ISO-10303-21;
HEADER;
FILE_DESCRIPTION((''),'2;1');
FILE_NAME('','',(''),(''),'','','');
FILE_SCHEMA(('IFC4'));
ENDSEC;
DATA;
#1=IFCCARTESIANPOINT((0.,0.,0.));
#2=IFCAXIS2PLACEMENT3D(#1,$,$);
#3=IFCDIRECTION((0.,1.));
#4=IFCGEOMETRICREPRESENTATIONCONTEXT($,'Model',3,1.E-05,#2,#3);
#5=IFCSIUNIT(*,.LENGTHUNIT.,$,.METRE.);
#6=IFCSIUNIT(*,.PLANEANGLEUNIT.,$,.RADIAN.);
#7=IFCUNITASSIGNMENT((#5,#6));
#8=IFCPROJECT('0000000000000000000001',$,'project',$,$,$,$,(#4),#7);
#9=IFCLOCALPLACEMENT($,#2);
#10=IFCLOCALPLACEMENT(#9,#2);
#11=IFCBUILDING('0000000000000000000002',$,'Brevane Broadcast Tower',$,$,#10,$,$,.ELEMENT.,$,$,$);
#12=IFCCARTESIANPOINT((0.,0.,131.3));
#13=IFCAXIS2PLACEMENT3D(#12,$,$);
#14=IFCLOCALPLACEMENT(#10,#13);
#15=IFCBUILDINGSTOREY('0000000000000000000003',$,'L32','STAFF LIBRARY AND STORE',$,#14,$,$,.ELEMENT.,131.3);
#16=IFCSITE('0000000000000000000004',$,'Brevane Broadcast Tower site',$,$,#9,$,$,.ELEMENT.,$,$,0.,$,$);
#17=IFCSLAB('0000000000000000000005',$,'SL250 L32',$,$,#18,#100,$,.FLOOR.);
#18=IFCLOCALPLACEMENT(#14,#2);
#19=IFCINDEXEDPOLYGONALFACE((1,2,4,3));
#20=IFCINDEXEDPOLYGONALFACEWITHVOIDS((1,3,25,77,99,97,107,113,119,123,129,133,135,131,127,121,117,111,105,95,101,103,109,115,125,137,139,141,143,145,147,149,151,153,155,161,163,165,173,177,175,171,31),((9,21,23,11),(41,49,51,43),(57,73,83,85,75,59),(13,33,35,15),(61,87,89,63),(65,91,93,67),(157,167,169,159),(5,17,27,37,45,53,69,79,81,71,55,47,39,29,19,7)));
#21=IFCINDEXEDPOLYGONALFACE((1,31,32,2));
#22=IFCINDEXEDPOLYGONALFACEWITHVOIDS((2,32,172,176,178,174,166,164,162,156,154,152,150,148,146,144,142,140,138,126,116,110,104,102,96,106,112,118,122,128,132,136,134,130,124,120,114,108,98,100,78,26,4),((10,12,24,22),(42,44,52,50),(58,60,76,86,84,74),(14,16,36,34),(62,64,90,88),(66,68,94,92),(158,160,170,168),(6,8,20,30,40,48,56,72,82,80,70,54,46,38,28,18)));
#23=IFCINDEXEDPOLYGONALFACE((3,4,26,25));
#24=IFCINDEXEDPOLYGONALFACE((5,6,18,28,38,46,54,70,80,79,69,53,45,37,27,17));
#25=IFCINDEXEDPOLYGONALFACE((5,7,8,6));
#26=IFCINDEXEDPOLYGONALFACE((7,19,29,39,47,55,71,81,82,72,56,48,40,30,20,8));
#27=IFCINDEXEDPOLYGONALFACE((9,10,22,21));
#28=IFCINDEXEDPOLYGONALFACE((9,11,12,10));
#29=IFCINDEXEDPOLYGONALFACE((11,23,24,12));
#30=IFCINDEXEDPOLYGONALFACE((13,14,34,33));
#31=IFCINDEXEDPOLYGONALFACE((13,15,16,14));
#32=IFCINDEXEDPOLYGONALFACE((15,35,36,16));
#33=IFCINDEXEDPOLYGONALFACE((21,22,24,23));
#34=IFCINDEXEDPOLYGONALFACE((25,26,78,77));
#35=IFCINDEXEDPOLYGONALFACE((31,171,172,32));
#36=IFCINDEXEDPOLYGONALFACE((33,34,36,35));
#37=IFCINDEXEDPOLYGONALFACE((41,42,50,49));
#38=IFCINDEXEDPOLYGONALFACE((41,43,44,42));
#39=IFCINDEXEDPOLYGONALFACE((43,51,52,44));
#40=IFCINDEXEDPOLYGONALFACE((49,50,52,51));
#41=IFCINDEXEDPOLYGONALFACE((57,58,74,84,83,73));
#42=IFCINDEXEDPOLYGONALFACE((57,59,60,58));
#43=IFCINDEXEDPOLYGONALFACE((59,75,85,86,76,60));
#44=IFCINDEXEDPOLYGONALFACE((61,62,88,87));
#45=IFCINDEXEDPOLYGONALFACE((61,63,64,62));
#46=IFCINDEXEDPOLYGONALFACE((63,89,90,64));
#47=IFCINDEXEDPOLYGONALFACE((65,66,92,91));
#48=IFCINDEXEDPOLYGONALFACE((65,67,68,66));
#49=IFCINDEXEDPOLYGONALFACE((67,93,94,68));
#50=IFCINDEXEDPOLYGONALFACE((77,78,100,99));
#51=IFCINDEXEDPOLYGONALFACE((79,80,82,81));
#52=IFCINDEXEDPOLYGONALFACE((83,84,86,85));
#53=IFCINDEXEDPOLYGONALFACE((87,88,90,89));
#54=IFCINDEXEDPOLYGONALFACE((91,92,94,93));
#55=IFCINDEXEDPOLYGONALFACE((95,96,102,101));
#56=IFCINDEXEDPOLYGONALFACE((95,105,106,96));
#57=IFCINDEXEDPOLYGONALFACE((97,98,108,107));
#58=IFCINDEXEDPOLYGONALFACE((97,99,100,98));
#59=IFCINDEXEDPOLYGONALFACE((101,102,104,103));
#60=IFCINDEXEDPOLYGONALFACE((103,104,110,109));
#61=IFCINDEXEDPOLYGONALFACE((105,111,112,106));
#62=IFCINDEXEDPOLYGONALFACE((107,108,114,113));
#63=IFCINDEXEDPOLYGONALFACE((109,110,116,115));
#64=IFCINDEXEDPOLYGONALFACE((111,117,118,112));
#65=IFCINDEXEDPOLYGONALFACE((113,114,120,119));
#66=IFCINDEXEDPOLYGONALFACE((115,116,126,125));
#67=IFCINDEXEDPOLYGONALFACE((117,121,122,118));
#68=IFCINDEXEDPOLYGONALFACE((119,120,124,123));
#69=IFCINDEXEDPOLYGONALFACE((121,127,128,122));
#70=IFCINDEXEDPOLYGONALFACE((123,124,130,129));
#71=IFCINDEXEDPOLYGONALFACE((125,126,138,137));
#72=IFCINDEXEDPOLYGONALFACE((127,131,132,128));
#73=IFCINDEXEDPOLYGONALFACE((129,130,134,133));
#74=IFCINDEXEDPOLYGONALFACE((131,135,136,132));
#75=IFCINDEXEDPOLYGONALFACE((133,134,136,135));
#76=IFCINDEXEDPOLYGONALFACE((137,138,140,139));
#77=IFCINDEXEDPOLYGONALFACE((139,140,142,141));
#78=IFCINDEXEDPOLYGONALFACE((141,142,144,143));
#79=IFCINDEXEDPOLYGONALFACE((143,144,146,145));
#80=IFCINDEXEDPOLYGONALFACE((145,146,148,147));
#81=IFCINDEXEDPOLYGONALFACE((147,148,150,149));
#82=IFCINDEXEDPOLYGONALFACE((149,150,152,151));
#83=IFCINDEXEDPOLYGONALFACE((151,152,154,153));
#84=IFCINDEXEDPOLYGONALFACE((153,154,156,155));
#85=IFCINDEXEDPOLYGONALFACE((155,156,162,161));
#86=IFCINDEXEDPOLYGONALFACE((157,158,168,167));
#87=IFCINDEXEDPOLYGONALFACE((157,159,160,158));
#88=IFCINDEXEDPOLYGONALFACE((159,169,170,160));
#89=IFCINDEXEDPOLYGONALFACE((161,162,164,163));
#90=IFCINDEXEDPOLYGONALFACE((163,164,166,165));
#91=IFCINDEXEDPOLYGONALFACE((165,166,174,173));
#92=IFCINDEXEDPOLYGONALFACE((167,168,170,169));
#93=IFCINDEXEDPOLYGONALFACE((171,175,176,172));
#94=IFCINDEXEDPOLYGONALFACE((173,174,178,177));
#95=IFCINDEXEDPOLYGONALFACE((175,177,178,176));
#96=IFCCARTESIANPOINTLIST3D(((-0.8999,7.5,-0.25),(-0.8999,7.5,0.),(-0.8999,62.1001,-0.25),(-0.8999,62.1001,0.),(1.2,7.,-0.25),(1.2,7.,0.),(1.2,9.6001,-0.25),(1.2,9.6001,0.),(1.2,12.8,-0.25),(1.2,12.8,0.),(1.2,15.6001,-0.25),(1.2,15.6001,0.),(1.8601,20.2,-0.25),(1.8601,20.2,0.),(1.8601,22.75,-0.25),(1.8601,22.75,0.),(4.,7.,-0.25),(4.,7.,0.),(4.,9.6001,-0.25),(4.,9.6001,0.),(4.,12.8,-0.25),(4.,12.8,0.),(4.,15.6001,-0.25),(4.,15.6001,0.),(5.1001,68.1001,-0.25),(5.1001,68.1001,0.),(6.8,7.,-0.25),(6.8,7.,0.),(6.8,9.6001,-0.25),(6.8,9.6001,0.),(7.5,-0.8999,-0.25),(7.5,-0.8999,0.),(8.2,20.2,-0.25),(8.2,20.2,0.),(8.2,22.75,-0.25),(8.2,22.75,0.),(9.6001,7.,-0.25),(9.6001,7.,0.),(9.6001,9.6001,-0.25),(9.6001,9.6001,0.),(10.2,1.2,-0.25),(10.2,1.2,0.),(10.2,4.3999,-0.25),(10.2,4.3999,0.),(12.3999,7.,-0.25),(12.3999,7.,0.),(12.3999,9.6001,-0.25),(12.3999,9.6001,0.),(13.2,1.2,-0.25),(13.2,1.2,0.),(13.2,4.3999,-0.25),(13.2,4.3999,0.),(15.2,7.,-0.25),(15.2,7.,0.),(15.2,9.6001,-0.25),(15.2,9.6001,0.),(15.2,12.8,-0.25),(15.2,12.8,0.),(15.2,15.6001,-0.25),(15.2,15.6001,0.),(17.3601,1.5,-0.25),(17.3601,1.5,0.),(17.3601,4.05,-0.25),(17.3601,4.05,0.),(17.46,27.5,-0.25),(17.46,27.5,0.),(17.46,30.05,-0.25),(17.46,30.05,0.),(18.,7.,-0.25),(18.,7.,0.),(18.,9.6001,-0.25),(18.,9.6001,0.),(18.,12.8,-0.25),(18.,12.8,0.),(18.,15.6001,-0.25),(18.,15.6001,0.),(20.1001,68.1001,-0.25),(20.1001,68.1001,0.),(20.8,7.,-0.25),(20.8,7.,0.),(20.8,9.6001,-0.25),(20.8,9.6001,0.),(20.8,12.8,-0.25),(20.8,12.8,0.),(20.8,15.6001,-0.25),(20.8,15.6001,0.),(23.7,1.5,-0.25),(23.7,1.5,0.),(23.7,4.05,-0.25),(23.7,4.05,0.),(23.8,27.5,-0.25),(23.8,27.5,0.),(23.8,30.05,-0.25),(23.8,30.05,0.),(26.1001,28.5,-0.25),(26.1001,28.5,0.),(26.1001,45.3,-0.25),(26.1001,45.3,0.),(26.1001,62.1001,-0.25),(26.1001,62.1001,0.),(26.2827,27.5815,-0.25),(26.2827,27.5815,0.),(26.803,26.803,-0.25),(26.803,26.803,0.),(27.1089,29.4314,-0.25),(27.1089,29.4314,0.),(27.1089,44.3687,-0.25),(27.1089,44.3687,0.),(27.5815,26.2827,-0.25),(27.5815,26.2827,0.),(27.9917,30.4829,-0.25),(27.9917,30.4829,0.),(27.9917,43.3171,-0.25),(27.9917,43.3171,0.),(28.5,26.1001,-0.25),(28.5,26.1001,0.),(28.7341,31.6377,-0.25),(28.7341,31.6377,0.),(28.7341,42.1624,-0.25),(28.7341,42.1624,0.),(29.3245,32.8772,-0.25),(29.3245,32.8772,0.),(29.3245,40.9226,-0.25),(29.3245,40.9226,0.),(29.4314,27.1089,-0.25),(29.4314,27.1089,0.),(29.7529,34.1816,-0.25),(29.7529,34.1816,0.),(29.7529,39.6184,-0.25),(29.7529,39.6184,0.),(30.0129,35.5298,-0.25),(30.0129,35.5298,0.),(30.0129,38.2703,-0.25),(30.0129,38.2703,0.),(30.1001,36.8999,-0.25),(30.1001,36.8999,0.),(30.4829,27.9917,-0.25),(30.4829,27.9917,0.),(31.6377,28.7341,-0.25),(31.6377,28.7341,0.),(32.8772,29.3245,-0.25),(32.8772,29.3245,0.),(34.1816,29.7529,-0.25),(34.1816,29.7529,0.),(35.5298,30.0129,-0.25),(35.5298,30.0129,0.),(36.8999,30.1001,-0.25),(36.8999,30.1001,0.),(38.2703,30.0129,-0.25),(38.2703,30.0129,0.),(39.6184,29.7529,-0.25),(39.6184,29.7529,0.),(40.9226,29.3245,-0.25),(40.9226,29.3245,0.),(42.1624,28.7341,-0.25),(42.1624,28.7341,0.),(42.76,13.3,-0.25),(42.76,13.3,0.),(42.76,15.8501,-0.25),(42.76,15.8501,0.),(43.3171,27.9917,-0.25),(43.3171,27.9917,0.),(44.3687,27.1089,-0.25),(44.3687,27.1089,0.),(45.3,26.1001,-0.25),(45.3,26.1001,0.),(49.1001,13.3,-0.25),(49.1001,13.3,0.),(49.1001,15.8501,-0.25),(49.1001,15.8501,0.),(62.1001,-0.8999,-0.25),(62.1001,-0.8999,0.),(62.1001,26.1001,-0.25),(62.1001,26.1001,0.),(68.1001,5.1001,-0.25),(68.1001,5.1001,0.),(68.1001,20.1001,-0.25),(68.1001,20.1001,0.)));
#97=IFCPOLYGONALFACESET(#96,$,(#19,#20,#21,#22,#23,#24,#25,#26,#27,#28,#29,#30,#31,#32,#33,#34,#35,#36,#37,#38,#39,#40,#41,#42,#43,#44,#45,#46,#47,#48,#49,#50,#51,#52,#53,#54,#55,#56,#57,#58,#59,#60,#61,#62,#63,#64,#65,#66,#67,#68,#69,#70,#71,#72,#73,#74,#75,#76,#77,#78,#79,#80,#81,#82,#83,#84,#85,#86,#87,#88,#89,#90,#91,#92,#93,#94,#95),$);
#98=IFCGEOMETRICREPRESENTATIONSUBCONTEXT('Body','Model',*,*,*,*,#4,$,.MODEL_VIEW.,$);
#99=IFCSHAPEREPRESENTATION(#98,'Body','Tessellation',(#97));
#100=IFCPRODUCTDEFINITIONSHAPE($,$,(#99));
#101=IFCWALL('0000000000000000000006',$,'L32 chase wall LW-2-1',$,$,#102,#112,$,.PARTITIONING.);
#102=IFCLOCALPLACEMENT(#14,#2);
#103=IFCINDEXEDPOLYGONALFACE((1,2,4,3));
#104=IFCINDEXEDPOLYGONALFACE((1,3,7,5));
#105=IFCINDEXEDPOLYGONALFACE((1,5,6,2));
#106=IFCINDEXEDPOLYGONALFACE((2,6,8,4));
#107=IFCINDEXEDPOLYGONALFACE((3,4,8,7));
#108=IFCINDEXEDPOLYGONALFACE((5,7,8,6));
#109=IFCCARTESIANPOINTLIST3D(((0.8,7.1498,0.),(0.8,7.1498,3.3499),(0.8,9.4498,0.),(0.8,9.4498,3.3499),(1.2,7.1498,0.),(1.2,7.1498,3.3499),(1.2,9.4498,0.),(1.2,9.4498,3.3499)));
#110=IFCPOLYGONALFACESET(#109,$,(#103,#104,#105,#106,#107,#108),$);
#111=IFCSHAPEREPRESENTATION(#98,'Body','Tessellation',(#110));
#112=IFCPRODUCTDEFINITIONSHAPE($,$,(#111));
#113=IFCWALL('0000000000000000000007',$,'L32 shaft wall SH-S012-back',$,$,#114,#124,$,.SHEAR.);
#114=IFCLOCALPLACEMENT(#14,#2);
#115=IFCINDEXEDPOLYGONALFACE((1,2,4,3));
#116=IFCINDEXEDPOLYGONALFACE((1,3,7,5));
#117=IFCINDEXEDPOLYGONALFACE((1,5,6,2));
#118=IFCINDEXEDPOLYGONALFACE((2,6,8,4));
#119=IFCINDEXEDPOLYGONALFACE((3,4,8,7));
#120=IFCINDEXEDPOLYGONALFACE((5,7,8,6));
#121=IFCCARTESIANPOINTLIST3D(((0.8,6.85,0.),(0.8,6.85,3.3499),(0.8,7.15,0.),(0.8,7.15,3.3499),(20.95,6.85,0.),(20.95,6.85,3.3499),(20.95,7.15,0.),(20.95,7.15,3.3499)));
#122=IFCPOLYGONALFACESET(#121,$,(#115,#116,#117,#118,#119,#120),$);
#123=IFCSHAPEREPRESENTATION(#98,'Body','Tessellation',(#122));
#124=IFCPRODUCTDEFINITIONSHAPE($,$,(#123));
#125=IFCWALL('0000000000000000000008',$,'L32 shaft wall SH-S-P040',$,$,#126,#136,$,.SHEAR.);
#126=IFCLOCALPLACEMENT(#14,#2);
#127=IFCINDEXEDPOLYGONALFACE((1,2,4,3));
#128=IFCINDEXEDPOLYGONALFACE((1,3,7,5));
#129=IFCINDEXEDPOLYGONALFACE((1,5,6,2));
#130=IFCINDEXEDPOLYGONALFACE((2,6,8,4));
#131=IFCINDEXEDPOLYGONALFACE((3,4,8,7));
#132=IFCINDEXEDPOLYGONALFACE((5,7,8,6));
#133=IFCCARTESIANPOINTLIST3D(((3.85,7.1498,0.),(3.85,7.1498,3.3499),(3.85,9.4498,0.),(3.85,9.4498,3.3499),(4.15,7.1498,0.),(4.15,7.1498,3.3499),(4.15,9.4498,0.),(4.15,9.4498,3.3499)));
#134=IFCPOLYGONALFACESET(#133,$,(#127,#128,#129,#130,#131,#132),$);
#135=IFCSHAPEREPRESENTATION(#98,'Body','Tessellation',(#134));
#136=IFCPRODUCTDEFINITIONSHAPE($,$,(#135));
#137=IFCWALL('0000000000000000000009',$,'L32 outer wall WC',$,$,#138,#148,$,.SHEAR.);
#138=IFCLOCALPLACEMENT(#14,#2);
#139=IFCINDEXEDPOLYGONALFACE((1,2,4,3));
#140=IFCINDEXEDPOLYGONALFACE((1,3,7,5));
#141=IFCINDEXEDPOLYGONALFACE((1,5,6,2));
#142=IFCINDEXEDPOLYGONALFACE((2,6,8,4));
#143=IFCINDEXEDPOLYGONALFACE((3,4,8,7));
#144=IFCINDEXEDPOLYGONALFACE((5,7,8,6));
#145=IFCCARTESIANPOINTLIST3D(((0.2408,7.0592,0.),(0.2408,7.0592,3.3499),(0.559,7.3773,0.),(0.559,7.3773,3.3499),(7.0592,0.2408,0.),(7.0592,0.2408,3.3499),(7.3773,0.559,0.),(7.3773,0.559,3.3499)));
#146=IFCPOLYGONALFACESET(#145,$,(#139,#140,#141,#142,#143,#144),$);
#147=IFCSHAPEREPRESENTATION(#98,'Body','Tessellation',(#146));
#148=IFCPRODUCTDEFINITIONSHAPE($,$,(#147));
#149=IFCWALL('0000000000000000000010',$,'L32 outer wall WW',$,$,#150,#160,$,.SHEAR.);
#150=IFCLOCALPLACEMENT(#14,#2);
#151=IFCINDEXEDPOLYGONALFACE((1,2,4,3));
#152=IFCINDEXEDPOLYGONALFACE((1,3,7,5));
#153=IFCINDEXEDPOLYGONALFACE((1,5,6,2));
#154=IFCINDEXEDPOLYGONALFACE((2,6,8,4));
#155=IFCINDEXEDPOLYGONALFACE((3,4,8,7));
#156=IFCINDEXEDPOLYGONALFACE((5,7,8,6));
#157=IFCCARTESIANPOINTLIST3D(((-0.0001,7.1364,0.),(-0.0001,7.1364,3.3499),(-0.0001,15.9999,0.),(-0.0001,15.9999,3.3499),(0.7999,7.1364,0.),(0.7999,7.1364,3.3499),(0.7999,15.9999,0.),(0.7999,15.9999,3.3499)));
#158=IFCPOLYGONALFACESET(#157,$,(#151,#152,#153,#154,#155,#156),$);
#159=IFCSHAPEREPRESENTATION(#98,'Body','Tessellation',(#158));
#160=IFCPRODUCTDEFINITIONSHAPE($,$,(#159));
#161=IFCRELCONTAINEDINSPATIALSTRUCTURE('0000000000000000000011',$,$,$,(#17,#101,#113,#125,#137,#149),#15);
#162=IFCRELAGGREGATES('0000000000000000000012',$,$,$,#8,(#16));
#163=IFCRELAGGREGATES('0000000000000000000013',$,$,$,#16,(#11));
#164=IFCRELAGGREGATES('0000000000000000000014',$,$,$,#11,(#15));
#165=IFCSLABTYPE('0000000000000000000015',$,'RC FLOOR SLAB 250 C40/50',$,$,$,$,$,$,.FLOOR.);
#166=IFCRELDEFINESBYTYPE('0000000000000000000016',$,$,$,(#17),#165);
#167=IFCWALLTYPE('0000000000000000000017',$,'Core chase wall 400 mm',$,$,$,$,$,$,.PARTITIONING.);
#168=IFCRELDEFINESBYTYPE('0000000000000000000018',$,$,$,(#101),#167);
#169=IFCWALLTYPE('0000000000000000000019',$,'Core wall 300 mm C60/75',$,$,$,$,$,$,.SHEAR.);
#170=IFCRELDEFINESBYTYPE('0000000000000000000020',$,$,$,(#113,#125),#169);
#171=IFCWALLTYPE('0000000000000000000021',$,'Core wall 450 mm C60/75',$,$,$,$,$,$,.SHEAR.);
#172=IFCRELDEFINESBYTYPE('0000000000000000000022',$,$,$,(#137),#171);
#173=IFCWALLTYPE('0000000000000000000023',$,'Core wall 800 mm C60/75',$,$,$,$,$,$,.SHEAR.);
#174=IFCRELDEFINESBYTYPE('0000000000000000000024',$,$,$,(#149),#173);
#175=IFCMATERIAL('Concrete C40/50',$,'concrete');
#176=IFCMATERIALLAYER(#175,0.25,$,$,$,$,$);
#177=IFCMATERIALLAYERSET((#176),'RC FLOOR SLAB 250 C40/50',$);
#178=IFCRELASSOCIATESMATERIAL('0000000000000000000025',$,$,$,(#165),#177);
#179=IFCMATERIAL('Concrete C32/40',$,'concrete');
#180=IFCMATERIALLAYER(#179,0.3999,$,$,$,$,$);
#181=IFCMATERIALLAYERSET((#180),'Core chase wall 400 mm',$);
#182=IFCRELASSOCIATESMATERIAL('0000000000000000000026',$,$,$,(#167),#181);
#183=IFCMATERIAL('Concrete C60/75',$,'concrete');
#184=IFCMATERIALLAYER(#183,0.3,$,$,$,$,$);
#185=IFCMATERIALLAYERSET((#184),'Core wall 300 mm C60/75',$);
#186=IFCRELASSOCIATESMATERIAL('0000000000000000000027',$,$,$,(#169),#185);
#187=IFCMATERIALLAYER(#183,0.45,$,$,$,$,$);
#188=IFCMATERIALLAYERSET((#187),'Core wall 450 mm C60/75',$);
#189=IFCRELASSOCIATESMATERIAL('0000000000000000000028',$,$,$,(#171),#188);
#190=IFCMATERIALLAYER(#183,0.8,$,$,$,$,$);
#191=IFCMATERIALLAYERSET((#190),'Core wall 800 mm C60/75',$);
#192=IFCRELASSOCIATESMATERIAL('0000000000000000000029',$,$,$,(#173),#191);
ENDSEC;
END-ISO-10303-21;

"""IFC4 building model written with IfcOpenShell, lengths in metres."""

from ifc_helpers import new_model, si_unit, direction, frame, frame_2d, origin, place, context, subcontext, project, spatial, polyline, rectangle, outline, extrude, material, layer, layer_set, type_object, element, save


model = new_model("IFC4")

# Units and contexts
model_context = context("Model", 3, precision=1e-05, world=origin(), true_north=direction((0.0, 1.0)))
body_context = subcontext(model_context, "Body", "Model", "MODEL_VIEW")
ifc_project = project(units=[si_unit("LENGTHUNIT", "METRE"), si_unit("PLANEANGLEUNIT", "RADIAN")], contexts=[model_context])

# Site, building, storey
site_placement = place(None, origin())
site = spatial("IfcSite", under=ifc_project, at=site_placement, Name="Brevane Broadcast Tower site", CompositionType="ELEMENT", RefElevation=0.0)
building_placement = place(site_placement, origin())
building = spatial("IfcBuilding", under=site, at=building_placement, Name="Brevane Broadcast Tower", CompositionType="ELEMENT")
storey_placement = place(building_placement, frame((0.0, 0.0, 131.3)))
storey = spatial("IfcBuildingStorey", under=building, at=storey_placement, Name="L32", Description="STAFF LIBRARY AND STORE", CompositionType="ELEMENT", Elevation=131.3)

# Slab
ifc_material_1 = material(Name="Concrete C40/50", Category="concrete")
ifc_layer_1 = layer(ifc_material_1, 0.25)
ifc_layer_set_1 = layer_set([ifc_layer_1], Name="RC FLOOR SLAB 250 C40/50")
slab_type_1 = type_object("IfcSlabType", Name="RC FLOOR SLAB 250 C40/50", PredefinedType="FLOOR", material=ifc_layer_set_1)
slab_1_placement = place(storey_placement, frame((0.0, 0.0, -0.25)))
element("IfcSlab", 1, at=slab_1_placement, inside=storey, type_object=slab_type_1, Name="SL250 L32", PredefinedType="FLOOR", context=body_context, shape_type="SweptSolid", body=[
    extrude(outline(polyline([(-0.8999, 7.5), (-0.8999, 62.1001), (5.1001, 68.1001), (20.1001, 68.1001), (26.1001, 62.1001), (26.1001, 45.3), (27.1089, 44.3687), (27.9917, 43.3171), (28.7341, 42.1624), (29.3245, 40.9226), (29.7529, 39.6184), (30.0129, 38.2703), (30.1001, 36.8999), (30.0129, 35.5298), (29.7529, 34.1816), (29.3245, 32.8772), (28.7341, 31.6377), (27.9917, 30.4829), (27.1089, 29.4314), (26.1001, 28.5), (26.2827, 27.5815), (26.803, 26.803), (27.5815, 26.2827), (28.5, 26.1001), (29.4314, 27.1089), (30.4829, 27.9917), (31.6377, 28.7341), (32.8772, 29.3245), (34.1816, 29.7529), (35.5298, 30.0129), (36.8999, 30.1001), (38.2703, 30.0129), (39.6184, 29.7529), (40.9226, 29.3245), (42.1624, 28.7341), (43.3171, 27.9917), (44.3687, 27.1089), (45.3, 26.1001), (62.1001, 26.1001), (68.1001, 20.1001), (68.1001, 5.1001), (62.1001, -0.8999), (7.5, -0.8999), (-0.8999, 7.5)]), holes=[polyline([(13.2, 4.3999), (10.2, 4.3999), (10.2, 1.2), (13.2, 1.2), (13.2, 4.3999)]), polyline([(4.0, 9.6001), (1.2, 9.6001), (1.2, 7.0), (4.0, 7.0), (6.8, 7.0), (9.6001, 7.0), (12.3999, 7.0), (15.2, 7.0), (18.0, 7.0), (20.8, 7.0), (20.8, 9.6001), (18.0, 9.6001), (15.2, 9.6001), (12.3999, 9.6001), (9.6001, 9.6001), (6.8, 9.6001), (4.0, 9.6001)]), polyline([(4.0, 12.8), (4.0, 15.6001), (1.2, 15.6001), (1.2, 12.8), (4.0, 12.8)]), polyline([(8.2, 22.75), (1.8601, 22.75), (1.8601, 20.2), (8.2, 20.2), (8.2, 22.75)]), polyline([(23.7, 4.05), (17.3601, 4.05), (17.3601, 1.5), (23.7, 1.5), (23.7, 4.05)]), polyline([(18.0, 15.6001), (15.2, 15.6001), (15.2, 12.8), (18.0, 12.8), (20.8, 12.8), (20.8, 15.6001), (18.0, 15.6001)]), polyline([(49.1001, 15.8501), (42.76, 15.8501), (42.76, 13.3), (49.1001, 13.3), (49.1001, 15.8501)]), polyline([(23.8, 30.05), (17.46, 30.05), (17.46, 27.5), (23.8, 27.5), (23.8, 30.05)])]), origin(), (0.0, 0.0, 1.0), 0.25),
])

# Walls
ifc_material_2 = material(Name="Concrete C32/40", Category="concrete")
ifc_layer_2 = layer(ifc_material_2, 0.3999)
ifc_layer_set_2 = layer_set([ifc_layer_2], Name="Core chase wall 400 mm")
wall_type_1 = type_object("IfcWallType", Name="Core chase wall 400 mm", PredefinedType="PARTITIONING", material=ifc_layer_set_2)
wall_1_placement = place(storey_placement, frame((1.0, 7.1499, 0.0), z_axis=(0.0, 0.0, 1.0), x_axis=(0.0, 1.0, 0.0)))
element("IfcWall", 2, at=wall_1_placement, inside=storey, type_object=wall_type_1, Name="L32 chase wall LW-2-1", PredefinedType="PARTITIONING", context=body_context, shape_type="SweptSolid", body=[
    extrude(rectangle(XDim=2.3, YDim=0.3999, at=frame_2d((1.1499, 0.0))), origin(), (0.0, 0.0, 1.0), 3.3499),
])
ifc_material_3 = material(Name="Concrete C60/75", Category="concrete")
ifc_layer_3 = layer(ifc_material_3, 0.3)
ifc_layer_set_3 = layer_set([ifc_layer_3], Name="Core wall 300 mm C60/75")
wall_type_2 = type_object("IfcWallType", Name="Core wall 300 mm C60/75", PredefinedType="SHEAR", material=ifc_layer_set_3)
wall_2_placement = place(storey_placement, frame((0.8, 7.0, 0.0), z_axis=(0.0, 0.0, 1.0), x_axis=(1.0, 0.0, 0.0)))
element("IfcWall", 3, at=wall_2_placement, inside=storey, type_object=wall_type_2, Name="L32 shaft wall SH-S012-back", PredefinedType="SHEAR", context=body_context, shape_type="SweptSolid", body=[
    extrude(rectangle(XDim=20.1499, YDim=0.3, at=frame_2d((10.075, 0.0))), origin(), (0.0, 0.0, 1.0), 3.3499),
])
wall_3_placement = place(storey_placement, frame((4.0, 7.1499, 0.0), z_axis=(0.0, 0.0, 1.0), x_axis=(0.0, 1.0, 0.0)))
element("IfcWall", 4, at=wall_3_placement, inside=storey, type_object=wall_type_2, Name="L32 shaft wall SH-S-P040", PredefinedType="SHEAR", context=body_context, shape_type="SweptSolid", body=[
    extrude(rectangle(XDim=2.3, YDim=0.3, at=frame_2d((1.1499, 0.0))), origin(), (0.0, 0.0, 1.0), 3.3499),
])
ifc_layer_4 = layer(ifc_material_3, 0.45)
ifc_layer_set_4 = layer_set([ifc_layer_4], Name="Core wall 450 mm C60/75")
wall_type_3 = type_object("IfcWallType", Name="Core wall 450 mm C60/75", PredefinedType="SHEAR", material=ifc_layer_set_4)
wall_4_placement = place(storey_placement, frame((0.3999, 7.2183, 0.0), z_axis=(0.0, 0.0, 1.0), x_axis=(0.707107, -0.707107, 0.0)))
element("IfcWall", 5, at=wall_4_placement, inside=storey, type_object=wall_type_3, Name="L32 outer wall WC", PredefinedType="SHEAR", context=body_context, shape_type="SweptSolid", body=[
    extrude(rectangle(XDim=9.6426, YDim=0.45, at=frame_2d((4.8213, 0.0))), origin(), (0.0, 0.0, 1.0), 3.3499),
])
ifc_layer_5 = layer(ifc_material_3, 0.8)
ifc_layer_set_5 = layer_set([ifc_layer_5], Name="Core wall 800 mm C60/75")
wall_type_4 = type_object("IfcWallType", Name="Core wall 800 mm C60/75", PredefinedType="SHEAR", material=ifc_layer_set_5)
wall_5_placement = place(storey_placement, frame((0.3999, 7.1365, 0.0), z_axis=(0.0, 0.0, 1.0), x_axis=(0.0, 1.0, 0.0)))
element("IfcWall", 6, at=wall_5_placement, inside=storey, type_object=wall_type_4, Name="L32 outer wall WW", PredefinedType="SHEAR", context=body_context, shape_type="SweptSolid", body=[
    extrude(rectangle(XDim=8.8635, YDim=0.8, at=frame_2d((4.4316, 0.0))), origin(), (0.0, 0.0, 1.0), 3.3499),
])

save(model, "model.ifc")
